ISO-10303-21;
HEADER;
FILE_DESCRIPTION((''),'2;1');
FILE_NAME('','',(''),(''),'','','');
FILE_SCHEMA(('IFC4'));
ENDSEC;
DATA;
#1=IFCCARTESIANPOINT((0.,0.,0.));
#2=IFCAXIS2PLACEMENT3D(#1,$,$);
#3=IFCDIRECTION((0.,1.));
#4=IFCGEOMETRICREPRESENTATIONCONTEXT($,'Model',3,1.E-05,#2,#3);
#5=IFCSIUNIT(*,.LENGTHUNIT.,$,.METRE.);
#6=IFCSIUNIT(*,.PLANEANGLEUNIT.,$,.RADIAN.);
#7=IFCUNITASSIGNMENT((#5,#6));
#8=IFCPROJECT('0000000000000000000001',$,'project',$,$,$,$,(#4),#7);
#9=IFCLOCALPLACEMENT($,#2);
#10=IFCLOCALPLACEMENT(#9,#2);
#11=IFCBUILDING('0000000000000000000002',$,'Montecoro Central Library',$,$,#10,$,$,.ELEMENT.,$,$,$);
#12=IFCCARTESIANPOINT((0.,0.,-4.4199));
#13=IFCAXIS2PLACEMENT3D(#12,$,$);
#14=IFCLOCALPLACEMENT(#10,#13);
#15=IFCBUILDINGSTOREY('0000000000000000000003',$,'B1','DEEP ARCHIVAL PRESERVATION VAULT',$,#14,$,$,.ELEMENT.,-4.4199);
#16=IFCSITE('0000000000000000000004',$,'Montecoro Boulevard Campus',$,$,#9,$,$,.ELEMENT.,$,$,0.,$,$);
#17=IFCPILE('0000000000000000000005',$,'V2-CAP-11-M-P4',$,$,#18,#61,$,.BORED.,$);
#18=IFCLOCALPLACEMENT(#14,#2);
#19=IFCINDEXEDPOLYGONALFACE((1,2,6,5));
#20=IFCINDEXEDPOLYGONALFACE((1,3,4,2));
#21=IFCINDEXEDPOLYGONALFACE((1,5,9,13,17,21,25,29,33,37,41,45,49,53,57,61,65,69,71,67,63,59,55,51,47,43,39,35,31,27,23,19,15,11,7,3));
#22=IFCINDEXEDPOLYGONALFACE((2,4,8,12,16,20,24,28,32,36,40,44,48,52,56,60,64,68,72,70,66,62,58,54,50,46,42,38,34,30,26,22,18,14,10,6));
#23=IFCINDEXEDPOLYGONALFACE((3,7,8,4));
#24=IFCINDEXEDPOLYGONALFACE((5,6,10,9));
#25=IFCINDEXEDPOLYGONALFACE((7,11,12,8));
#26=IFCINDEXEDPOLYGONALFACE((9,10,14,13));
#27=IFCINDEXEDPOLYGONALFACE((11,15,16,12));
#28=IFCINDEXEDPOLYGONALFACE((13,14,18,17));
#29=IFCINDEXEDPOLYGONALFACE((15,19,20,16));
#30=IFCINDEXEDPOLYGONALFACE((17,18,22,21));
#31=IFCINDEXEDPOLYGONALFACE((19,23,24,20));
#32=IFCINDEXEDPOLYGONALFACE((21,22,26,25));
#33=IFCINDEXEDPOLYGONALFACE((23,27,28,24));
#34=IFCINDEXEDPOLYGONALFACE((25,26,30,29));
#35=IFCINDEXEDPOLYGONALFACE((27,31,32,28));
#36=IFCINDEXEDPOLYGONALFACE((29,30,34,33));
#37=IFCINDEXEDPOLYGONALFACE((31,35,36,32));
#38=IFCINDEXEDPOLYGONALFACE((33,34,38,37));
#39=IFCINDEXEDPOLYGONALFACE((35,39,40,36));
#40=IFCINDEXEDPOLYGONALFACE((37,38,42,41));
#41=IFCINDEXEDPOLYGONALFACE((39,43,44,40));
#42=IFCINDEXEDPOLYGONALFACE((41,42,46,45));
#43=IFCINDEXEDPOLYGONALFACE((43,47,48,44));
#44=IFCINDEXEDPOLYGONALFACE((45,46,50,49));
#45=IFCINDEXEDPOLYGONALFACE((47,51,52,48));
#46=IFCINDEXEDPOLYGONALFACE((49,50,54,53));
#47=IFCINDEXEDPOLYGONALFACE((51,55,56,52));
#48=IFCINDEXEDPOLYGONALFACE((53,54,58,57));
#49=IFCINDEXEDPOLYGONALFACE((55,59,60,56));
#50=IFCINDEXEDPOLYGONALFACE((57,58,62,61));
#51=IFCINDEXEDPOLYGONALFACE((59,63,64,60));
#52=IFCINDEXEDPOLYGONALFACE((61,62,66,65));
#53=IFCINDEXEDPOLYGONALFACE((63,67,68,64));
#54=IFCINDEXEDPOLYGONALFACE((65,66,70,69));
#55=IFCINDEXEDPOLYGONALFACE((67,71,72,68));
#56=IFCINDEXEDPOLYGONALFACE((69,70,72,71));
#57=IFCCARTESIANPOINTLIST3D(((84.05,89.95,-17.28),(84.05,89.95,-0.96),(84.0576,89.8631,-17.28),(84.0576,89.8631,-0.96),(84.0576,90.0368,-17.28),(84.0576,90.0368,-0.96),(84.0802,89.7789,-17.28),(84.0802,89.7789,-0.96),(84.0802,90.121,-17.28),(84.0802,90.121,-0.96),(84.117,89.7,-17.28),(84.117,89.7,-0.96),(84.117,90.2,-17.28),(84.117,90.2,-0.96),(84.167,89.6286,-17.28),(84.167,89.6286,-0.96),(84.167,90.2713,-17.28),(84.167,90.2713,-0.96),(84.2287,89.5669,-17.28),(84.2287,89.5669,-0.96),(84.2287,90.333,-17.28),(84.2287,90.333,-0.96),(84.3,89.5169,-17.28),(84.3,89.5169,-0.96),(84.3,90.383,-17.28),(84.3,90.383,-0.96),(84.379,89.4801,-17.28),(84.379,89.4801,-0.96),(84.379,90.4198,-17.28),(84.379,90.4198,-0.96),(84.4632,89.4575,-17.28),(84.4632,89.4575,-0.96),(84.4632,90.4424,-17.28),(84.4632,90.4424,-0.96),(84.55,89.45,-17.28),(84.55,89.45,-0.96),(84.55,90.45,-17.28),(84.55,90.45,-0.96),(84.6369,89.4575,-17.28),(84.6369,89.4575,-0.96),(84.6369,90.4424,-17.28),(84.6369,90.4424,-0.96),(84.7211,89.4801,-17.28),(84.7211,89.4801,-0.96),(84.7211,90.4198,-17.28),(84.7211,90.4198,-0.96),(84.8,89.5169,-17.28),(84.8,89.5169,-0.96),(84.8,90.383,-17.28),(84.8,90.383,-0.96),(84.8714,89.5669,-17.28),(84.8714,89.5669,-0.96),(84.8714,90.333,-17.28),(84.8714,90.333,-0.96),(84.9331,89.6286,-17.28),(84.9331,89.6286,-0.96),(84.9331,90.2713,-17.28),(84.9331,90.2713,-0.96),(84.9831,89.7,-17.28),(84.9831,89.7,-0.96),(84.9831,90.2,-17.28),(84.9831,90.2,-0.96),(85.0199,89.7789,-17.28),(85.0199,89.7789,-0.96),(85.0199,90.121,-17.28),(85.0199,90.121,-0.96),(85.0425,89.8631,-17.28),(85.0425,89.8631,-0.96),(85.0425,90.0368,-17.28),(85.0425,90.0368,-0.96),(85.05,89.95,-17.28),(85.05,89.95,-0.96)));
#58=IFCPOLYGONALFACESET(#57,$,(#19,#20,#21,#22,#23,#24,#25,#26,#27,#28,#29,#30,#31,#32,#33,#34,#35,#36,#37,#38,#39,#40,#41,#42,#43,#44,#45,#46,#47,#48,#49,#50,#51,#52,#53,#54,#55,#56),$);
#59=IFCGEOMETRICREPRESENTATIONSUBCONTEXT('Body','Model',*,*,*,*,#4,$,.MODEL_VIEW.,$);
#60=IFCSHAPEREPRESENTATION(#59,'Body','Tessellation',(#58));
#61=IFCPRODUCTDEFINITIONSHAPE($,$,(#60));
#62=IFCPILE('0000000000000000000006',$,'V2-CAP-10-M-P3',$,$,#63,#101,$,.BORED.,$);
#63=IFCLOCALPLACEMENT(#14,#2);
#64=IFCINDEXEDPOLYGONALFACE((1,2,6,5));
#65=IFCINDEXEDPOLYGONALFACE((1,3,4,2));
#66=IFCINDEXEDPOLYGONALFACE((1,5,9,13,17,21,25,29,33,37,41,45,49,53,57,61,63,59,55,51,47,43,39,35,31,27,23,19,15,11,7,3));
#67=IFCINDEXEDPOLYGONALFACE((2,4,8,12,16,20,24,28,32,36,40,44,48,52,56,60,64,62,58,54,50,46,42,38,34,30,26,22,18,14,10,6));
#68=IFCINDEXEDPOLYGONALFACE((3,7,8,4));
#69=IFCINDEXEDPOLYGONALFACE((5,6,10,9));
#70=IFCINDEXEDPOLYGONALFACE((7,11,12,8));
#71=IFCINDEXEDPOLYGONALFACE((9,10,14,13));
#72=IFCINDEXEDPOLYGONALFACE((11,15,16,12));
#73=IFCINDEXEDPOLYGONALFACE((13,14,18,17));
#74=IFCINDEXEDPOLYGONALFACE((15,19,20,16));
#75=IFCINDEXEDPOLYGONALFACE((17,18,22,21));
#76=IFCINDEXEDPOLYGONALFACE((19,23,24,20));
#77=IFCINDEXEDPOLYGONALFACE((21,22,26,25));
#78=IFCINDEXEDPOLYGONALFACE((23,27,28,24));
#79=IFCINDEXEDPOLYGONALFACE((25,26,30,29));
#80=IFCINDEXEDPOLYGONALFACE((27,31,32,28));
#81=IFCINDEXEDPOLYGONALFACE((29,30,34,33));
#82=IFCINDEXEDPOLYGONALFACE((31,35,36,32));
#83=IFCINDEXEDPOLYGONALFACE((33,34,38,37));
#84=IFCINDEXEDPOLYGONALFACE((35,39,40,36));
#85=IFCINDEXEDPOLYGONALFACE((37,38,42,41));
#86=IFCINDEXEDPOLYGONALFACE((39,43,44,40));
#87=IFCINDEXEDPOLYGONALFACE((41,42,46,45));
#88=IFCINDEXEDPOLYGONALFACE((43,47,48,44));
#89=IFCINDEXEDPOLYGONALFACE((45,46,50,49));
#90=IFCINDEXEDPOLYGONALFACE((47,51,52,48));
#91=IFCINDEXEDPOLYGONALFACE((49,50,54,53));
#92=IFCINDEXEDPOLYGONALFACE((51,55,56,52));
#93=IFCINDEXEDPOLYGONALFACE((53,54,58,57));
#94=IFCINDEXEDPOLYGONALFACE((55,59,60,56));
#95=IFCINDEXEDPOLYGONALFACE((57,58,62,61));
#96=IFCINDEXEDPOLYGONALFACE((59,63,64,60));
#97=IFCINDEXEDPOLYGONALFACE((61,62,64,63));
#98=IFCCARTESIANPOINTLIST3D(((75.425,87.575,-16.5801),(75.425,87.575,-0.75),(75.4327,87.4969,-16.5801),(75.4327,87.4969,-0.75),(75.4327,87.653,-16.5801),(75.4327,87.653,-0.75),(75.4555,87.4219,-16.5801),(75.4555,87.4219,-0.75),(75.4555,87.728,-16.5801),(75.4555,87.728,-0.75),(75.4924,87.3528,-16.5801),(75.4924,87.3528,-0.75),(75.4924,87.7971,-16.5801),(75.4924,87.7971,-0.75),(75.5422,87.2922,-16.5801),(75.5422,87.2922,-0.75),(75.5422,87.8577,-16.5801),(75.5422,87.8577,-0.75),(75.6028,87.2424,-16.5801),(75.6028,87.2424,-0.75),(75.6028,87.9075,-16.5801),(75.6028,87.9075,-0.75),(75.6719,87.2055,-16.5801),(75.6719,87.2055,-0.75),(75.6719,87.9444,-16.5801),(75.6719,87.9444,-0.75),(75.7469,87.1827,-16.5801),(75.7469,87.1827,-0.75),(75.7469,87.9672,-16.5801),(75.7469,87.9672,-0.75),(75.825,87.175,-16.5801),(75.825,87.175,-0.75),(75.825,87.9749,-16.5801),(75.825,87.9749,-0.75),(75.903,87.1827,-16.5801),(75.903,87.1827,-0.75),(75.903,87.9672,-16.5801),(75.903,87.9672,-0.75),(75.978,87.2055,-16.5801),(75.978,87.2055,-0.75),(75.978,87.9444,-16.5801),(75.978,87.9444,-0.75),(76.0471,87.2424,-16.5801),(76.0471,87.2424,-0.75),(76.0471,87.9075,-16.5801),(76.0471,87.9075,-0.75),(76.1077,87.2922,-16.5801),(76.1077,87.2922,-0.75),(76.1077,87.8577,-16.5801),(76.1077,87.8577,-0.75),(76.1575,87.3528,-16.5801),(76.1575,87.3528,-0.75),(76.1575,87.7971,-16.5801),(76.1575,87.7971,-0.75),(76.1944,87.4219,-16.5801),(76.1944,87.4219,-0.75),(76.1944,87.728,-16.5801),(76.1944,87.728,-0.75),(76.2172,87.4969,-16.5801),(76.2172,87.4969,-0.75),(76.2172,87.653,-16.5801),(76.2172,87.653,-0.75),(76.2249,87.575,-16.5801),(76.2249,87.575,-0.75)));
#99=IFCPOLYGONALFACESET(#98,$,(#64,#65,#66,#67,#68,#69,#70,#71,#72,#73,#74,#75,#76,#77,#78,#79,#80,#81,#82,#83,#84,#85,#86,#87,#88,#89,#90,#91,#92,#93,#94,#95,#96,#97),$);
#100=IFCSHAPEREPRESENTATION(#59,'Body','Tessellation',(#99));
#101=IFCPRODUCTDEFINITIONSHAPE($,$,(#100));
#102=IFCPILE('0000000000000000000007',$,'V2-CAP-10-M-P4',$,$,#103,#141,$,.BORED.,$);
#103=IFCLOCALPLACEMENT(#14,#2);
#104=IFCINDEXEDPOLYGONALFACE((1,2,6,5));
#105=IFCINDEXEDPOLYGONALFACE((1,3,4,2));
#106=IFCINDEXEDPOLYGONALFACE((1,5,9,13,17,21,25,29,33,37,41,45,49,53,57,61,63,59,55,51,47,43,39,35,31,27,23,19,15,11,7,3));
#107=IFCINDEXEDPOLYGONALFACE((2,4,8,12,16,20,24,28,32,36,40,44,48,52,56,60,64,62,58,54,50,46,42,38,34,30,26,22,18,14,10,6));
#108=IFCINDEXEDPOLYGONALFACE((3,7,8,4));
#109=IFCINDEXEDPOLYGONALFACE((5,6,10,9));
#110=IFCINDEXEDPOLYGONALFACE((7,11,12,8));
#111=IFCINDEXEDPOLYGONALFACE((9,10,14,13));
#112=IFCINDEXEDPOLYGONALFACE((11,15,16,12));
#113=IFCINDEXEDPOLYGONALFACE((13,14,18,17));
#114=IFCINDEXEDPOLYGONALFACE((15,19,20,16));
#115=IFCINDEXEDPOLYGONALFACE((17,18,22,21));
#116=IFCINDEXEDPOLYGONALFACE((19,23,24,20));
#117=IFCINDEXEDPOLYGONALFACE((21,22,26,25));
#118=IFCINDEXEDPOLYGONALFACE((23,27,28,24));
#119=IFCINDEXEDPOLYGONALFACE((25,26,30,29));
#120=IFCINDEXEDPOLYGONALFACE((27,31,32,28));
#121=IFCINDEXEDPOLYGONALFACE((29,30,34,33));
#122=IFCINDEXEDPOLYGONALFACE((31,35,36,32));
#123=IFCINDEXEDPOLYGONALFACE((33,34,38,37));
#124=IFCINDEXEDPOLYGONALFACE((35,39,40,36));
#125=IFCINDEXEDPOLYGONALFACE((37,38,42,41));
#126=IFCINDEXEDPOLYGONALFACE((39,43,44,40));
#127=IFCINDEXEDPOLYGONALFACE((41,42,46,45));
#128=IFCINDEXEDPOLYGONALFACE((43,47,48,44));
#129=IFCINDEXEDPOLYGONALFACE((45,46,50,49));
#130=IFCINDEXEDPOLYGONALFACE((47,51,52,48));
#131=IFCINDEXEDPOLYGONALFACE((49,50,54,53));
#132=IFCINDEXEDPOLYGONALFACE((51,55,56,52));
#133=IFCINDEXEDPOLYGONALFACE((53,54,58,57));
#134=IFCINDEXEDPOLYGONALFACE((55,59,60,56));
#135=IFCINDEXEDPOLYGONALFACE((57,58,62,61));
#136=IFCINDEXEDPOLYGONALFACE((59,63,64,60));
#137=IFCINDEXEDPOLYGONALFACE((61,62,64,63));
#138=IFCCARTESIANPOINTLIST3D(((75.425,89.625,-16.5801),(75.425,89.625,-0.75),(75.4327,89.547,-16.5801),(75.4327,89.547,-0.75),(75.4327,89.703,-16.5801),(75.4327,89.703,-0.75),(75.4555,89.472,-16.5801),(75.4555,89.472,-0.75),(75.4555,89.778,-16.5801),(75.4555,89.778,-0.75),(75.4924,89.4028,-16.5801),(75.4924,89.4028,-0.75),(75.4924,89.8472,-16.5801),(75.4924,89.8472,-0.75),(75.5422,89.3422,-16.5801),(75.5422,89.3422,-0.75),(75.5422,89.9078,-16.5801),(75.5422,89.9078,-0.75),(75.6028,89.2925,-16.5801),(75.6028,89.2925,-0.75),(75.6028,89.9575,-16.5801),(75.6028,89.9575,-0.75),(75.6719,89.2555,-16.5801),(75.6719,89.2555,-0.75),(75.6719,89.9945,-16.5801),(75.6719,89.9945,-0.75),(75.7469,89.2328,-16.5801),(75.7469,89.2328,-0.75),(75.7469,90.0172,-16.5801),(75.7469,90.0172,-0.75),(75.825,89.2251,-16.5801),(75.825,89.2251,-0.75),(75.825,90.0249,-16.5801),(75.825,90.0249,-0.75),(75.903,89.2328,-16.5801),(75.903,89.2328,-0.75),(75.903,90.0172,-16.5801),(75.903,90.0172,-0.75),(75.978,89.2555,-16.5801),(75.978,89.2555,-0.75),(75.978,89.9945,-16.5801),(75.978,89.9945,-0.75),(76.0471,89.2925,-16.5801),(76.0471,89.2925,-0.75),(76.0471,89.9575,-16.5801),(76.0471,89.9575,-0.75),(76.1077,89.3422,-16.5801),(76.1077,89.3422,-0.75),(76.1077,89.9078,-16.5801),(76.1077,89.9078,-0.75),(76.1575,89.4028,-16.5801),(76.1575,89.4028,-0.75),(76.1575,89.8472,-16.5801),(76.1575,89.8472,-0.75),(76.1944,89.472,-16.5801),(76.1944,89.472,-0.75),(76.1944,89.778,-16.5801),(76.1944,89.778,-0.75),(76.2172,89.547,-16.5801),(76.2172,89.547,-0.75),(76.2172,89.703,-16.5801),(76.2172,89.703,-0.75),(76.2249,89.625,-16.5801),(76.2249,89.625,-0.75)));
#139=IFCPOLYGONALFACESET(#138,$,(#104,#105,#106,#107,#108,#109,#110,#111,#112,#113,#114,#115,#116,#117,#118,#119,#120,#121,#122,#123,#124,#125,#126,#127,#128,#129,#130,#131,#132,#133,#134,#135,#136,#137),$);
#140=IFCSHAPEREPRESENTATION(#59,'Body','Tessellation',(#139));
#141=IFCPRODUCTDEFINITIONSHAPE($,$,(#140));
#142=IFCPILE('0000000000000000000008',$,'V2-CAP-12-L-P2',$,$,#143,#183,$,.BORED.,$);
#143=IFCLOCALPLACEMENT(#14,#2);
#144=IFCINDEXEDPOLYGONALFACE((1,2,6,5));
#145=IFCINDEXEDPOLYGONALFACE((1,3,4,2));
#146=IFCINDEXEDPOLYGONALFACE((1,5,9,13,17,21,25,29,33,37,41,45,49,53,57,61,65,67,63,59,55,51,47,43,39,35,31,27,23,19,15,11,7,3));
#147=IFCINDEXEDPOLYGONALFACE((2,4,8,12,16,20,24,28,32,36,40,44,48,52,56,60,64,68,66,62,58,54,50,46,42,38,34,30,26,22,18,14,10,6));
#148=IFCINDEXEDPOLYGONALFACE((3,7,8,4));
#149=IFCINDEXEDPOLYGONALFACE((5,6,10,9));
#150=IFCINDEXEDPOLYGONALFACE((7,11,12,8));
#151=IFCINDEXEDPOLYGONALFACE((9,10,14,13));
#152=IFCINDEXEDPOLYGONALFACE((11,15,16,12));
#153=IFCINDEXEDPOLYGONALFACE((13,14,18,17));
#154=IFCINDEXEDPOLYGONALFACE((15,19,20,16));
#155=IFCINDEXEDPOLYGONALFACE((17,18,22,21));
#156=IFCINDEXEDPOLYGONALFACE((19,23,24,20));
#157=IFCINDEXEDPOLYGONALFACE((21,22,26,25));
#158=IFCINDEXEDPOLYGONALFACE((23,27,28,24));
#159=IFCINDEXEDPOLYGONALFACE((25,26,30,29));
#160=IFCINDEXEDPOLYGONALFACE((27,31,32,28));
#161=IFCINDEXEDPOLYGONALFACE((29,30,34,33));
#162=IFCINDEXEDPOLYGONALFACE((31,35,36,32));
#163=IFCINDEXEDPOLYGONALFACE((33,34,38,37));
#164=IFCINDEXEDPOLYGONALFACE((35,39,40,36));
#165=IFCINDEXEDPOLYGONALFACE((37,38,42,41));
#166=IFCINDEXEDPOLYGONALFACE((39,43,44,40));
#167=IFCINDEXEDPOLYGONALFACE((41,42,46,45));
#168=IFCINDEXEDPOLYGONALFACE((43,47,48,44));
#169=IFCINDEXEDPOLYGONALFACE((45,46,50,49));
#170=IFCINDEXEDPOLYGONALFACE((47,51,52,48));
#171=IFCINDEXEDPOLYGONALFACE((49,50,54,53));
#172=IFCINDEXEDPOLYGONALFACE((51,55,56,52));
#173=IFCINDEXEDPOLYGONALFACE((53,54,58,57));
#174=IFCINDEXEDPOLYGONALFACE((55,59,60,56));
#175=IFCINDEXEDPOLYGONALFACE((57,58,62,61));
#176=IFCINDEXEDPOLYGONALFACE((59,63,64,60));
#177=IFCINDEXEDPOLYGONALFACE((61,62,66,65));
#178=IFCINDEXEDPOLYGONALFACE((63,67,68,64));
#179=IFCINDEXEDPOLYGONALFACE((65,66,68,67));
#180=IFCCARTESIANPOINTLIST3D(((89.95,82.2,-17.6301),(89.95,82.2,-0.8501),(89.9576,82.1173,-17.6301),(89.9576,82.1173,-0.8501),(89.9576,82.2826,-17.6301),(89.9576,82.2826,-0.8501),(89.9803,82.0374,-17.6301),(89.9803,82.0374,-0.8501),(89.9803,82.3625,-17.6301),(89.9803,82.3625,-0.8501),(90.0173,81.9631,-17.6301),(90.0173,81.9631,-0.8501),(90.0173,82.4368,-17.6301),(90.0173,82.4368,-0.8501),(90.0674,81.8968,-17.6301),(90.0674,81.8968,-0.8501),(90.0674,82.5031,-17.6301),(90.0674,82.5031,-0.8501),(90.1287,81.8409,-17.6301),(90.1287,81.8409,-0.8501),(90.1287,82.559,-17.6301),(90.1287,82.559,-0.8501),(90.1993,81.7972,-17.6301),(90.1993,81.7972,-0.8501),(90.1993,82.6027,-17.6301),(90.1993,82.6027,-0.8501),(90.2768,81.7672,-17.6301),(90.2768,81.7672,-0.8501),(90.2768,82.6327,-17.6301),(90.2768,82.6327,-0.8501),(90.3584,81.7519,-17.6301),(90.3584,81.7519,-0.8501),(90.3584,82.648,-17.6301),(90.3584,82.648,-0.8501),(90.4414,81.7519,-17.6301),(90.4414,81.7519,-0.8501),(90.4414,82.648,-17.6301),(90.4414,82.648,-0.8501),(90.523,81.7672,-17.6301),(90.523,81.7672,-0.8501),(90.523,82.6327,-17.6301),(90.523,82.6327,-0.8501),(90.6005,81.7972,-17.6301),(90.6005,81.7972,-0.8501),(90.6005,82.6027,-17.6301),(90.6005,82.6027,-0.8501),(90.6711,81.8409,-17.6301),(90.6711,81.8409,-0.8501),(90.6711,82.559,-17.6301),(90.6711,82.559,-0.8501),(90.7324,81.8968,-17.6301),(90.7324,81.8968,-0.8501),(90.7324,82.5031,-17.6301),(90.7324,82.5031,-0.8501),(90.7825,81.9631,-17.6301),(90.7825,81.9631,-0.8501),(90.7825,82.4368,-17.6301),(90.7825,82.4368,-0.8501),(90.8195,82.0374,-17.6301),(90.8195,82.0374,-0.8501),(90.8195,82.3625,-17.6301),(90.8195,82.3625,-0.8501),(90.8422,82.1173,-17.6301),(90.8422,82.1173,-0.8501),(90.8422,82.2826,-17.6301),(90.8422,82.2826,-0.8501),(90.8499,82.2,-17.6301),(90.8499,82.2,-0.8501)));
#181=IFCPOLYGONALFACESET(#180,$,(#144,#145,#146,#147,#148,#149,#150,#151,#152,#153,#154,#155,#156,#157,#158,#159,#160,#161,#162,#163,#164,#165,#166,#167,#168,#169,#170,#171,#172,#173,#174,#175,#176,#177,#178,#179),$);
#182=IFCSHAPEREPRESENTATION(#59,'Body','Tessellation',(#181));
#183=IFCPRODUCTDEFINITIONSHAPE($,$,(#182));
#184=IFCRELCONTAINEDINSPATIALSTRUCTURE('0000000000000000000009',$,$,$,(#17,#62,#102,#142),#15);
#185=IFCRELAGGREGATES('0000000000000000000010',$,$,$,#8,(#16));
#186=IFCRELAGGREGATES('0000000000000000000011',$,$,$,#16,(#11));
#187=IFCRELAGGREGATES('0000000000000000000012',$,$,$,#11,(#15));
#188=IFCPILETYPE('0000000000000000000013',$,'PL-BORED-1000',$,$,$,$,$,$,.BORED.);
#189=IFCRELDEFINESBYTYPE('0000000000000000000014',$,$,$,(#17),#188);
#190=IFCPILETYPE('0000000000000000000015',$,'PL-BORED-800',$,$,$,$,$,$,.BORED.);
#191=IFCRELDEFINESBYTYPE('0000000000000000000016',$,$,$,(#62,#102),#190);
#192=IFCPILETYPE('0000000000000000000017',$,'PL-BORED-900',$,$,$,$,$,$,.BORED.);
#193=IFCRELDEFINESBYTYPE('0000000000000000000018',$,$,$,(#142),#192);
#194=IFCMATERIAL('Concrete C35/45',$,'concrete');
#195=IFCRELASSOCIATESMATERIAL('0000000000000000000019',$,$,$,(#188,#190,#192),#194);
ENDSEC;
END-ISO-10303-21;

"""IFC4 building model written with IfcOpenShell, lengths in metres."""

from ifc_helpers import new_model, si_unit, direction, frame, origin, origin_2d, place, context, subcontext, project, spatial, circle, extrude, material, material_profile, profile_set, type_object, element, save


model = new_model("IFC4")

# Units and contexts
model_context = context("Model", 3, precision=1e-05, world=origin(), true_north=direction((0.0, 1.0)))
body_context = subcontext(model_context, "Body", "Model", "MODEL_VIEW")
ifc_project = project(units=[si_unit("LENGTHUNIT", "METRE"), si_unit("PLANEANGLEUNIT", "RADIAN")], contexts=[model_context])

# Site, building, storey
site_placement = place(None, origin())
site = spatial("IfcSite", under=ifc_project, at=site_placement, Name="Montecoro Boulevard Campus", CompositionType="ELEMENT", RefElevation=0.0)
building_placement = place(site_placement, origin())
building = spatial("IfcBuilding", under=site, at=building_placement, Name="Montecoro Central Library", CompositionType="ELEMENT")
storey_placement = place(building_placement, frame((0.0, 0.0, -4.4199)))
storey = spatial("IfcBuildingStorey", under=building, at=storey_placement, Name="B1", Description="DEEP ARCHIVAL PRESERVATION VAULT", CompositionType="ELEMENT", Elevation=-4.4199)

# Shared definitions
ifc_material_1 = material(Name="Concrete C35/45", Category="concrete")

# Piles
ifc_material_profile_1 = material_profile(ifc_material_1, circle(Radius=0.5, at=origin_2d()), Name="PILE D1000")
ifc_profile_set_1 = profile_set([ifc_material_profile_1], Name="Concrete C35/45")
pile_type_1 = type_object("IfcPileType", Name="PL-BORED-1000", PredefinedType="BORED", material=ifc_profile_set_1)
for number, where, z_axis, x_axis, name in (
    (1, (84.55, 89.95, -0.96), (0.0, 0.0, -1.0), (1.0, 0.0, 0.0), "V2-CAP-11-M-P4"),
):
    element("IfcPile", number, at=place(storey_placement, frame(where, z_axis=z_axis, x_axis=x_axis)), inside=storey, type_object=pile_type_1, Name=name, PredefinedType="BORED", context=body_context, shape_type="SweptSolid", body=[
        extrude(circle(Radius=0.5, at=origin_2d()), origin(), (0.0, 0.0, 1.0), 16.3201),
    ])
ifc_material_profile_2 = material_profile(ifc_material_1, circle(Radius=0.3999, at=origin_2d()), Name="PILE D800")
ifc_profile_set_2 = profile_set([ifc_material_profile_2], Name="Concrete C35/45")
pile_type_2 = type_object("IfcPileType", Name="PL-BORED-800", PredefinedType="BORED", material=ifc_profile_set_2)
for number, where, z_axis, x_axis, name in (
    (2, (75.825, 87.575, -0.75), (0.0, 0.0, -1.0), (1.0, 0.0, 0.0), "V2-CAP-10-M-P3"),
    (3, (75.825, 89.625, -0.75), (0.0, 0.0, -1.0), (1.0, 0.0, 0.0), "V2-CAP-10-M-P4"),
):
    element("IfcPile", number, at=place(storey_placement, frame(where, z_axis=z_axis, x_axis=x_axis)), inside=storey, type_object=pile_type_2, Name=name, PredefinedType="BORED", context=body_context, shape_type="SweptSolid", body=[
        extrude(circle(Radius=0.3999, at=origin_2d()), origin(), (0.0, 0.0, 1.0), 15.8301),
    ])
ifc_material_profile_3 = material_profile(ifc_material_1, circle(Radius=0.45, at=origin_2d()), Name="PILE D900")
ifc_profile_set_3 = profile_set([ifc_material_profile_3], Name="Concrete C35/45")
pile_type_3 = type_object("IfcPileType", Name="PL-BORED-900", PredefinedType="BORED", material=ifc_profile_set_3)
pile_1_placement = place(storey_placement, frame((90.3999, 82.2, -0.8501), z_axis=(0.0, 0.0, -1.0), x_axis=(1.0, 0.0, 0.0)))
element("IfcPile", 4, at=pile_1_placement, inside=storey, type_object=pile_type_3, Name="V2-CAP-12-L-P2", PredefinedType="BORED", context=body_context, shape_type="SweptSolid", body=[
    extrude(circle(Radius=0.45, at=origin_2d()), origin(), (0.0, 0.0, 1.0), 16.78),
])

save(model, "model.ifc")
